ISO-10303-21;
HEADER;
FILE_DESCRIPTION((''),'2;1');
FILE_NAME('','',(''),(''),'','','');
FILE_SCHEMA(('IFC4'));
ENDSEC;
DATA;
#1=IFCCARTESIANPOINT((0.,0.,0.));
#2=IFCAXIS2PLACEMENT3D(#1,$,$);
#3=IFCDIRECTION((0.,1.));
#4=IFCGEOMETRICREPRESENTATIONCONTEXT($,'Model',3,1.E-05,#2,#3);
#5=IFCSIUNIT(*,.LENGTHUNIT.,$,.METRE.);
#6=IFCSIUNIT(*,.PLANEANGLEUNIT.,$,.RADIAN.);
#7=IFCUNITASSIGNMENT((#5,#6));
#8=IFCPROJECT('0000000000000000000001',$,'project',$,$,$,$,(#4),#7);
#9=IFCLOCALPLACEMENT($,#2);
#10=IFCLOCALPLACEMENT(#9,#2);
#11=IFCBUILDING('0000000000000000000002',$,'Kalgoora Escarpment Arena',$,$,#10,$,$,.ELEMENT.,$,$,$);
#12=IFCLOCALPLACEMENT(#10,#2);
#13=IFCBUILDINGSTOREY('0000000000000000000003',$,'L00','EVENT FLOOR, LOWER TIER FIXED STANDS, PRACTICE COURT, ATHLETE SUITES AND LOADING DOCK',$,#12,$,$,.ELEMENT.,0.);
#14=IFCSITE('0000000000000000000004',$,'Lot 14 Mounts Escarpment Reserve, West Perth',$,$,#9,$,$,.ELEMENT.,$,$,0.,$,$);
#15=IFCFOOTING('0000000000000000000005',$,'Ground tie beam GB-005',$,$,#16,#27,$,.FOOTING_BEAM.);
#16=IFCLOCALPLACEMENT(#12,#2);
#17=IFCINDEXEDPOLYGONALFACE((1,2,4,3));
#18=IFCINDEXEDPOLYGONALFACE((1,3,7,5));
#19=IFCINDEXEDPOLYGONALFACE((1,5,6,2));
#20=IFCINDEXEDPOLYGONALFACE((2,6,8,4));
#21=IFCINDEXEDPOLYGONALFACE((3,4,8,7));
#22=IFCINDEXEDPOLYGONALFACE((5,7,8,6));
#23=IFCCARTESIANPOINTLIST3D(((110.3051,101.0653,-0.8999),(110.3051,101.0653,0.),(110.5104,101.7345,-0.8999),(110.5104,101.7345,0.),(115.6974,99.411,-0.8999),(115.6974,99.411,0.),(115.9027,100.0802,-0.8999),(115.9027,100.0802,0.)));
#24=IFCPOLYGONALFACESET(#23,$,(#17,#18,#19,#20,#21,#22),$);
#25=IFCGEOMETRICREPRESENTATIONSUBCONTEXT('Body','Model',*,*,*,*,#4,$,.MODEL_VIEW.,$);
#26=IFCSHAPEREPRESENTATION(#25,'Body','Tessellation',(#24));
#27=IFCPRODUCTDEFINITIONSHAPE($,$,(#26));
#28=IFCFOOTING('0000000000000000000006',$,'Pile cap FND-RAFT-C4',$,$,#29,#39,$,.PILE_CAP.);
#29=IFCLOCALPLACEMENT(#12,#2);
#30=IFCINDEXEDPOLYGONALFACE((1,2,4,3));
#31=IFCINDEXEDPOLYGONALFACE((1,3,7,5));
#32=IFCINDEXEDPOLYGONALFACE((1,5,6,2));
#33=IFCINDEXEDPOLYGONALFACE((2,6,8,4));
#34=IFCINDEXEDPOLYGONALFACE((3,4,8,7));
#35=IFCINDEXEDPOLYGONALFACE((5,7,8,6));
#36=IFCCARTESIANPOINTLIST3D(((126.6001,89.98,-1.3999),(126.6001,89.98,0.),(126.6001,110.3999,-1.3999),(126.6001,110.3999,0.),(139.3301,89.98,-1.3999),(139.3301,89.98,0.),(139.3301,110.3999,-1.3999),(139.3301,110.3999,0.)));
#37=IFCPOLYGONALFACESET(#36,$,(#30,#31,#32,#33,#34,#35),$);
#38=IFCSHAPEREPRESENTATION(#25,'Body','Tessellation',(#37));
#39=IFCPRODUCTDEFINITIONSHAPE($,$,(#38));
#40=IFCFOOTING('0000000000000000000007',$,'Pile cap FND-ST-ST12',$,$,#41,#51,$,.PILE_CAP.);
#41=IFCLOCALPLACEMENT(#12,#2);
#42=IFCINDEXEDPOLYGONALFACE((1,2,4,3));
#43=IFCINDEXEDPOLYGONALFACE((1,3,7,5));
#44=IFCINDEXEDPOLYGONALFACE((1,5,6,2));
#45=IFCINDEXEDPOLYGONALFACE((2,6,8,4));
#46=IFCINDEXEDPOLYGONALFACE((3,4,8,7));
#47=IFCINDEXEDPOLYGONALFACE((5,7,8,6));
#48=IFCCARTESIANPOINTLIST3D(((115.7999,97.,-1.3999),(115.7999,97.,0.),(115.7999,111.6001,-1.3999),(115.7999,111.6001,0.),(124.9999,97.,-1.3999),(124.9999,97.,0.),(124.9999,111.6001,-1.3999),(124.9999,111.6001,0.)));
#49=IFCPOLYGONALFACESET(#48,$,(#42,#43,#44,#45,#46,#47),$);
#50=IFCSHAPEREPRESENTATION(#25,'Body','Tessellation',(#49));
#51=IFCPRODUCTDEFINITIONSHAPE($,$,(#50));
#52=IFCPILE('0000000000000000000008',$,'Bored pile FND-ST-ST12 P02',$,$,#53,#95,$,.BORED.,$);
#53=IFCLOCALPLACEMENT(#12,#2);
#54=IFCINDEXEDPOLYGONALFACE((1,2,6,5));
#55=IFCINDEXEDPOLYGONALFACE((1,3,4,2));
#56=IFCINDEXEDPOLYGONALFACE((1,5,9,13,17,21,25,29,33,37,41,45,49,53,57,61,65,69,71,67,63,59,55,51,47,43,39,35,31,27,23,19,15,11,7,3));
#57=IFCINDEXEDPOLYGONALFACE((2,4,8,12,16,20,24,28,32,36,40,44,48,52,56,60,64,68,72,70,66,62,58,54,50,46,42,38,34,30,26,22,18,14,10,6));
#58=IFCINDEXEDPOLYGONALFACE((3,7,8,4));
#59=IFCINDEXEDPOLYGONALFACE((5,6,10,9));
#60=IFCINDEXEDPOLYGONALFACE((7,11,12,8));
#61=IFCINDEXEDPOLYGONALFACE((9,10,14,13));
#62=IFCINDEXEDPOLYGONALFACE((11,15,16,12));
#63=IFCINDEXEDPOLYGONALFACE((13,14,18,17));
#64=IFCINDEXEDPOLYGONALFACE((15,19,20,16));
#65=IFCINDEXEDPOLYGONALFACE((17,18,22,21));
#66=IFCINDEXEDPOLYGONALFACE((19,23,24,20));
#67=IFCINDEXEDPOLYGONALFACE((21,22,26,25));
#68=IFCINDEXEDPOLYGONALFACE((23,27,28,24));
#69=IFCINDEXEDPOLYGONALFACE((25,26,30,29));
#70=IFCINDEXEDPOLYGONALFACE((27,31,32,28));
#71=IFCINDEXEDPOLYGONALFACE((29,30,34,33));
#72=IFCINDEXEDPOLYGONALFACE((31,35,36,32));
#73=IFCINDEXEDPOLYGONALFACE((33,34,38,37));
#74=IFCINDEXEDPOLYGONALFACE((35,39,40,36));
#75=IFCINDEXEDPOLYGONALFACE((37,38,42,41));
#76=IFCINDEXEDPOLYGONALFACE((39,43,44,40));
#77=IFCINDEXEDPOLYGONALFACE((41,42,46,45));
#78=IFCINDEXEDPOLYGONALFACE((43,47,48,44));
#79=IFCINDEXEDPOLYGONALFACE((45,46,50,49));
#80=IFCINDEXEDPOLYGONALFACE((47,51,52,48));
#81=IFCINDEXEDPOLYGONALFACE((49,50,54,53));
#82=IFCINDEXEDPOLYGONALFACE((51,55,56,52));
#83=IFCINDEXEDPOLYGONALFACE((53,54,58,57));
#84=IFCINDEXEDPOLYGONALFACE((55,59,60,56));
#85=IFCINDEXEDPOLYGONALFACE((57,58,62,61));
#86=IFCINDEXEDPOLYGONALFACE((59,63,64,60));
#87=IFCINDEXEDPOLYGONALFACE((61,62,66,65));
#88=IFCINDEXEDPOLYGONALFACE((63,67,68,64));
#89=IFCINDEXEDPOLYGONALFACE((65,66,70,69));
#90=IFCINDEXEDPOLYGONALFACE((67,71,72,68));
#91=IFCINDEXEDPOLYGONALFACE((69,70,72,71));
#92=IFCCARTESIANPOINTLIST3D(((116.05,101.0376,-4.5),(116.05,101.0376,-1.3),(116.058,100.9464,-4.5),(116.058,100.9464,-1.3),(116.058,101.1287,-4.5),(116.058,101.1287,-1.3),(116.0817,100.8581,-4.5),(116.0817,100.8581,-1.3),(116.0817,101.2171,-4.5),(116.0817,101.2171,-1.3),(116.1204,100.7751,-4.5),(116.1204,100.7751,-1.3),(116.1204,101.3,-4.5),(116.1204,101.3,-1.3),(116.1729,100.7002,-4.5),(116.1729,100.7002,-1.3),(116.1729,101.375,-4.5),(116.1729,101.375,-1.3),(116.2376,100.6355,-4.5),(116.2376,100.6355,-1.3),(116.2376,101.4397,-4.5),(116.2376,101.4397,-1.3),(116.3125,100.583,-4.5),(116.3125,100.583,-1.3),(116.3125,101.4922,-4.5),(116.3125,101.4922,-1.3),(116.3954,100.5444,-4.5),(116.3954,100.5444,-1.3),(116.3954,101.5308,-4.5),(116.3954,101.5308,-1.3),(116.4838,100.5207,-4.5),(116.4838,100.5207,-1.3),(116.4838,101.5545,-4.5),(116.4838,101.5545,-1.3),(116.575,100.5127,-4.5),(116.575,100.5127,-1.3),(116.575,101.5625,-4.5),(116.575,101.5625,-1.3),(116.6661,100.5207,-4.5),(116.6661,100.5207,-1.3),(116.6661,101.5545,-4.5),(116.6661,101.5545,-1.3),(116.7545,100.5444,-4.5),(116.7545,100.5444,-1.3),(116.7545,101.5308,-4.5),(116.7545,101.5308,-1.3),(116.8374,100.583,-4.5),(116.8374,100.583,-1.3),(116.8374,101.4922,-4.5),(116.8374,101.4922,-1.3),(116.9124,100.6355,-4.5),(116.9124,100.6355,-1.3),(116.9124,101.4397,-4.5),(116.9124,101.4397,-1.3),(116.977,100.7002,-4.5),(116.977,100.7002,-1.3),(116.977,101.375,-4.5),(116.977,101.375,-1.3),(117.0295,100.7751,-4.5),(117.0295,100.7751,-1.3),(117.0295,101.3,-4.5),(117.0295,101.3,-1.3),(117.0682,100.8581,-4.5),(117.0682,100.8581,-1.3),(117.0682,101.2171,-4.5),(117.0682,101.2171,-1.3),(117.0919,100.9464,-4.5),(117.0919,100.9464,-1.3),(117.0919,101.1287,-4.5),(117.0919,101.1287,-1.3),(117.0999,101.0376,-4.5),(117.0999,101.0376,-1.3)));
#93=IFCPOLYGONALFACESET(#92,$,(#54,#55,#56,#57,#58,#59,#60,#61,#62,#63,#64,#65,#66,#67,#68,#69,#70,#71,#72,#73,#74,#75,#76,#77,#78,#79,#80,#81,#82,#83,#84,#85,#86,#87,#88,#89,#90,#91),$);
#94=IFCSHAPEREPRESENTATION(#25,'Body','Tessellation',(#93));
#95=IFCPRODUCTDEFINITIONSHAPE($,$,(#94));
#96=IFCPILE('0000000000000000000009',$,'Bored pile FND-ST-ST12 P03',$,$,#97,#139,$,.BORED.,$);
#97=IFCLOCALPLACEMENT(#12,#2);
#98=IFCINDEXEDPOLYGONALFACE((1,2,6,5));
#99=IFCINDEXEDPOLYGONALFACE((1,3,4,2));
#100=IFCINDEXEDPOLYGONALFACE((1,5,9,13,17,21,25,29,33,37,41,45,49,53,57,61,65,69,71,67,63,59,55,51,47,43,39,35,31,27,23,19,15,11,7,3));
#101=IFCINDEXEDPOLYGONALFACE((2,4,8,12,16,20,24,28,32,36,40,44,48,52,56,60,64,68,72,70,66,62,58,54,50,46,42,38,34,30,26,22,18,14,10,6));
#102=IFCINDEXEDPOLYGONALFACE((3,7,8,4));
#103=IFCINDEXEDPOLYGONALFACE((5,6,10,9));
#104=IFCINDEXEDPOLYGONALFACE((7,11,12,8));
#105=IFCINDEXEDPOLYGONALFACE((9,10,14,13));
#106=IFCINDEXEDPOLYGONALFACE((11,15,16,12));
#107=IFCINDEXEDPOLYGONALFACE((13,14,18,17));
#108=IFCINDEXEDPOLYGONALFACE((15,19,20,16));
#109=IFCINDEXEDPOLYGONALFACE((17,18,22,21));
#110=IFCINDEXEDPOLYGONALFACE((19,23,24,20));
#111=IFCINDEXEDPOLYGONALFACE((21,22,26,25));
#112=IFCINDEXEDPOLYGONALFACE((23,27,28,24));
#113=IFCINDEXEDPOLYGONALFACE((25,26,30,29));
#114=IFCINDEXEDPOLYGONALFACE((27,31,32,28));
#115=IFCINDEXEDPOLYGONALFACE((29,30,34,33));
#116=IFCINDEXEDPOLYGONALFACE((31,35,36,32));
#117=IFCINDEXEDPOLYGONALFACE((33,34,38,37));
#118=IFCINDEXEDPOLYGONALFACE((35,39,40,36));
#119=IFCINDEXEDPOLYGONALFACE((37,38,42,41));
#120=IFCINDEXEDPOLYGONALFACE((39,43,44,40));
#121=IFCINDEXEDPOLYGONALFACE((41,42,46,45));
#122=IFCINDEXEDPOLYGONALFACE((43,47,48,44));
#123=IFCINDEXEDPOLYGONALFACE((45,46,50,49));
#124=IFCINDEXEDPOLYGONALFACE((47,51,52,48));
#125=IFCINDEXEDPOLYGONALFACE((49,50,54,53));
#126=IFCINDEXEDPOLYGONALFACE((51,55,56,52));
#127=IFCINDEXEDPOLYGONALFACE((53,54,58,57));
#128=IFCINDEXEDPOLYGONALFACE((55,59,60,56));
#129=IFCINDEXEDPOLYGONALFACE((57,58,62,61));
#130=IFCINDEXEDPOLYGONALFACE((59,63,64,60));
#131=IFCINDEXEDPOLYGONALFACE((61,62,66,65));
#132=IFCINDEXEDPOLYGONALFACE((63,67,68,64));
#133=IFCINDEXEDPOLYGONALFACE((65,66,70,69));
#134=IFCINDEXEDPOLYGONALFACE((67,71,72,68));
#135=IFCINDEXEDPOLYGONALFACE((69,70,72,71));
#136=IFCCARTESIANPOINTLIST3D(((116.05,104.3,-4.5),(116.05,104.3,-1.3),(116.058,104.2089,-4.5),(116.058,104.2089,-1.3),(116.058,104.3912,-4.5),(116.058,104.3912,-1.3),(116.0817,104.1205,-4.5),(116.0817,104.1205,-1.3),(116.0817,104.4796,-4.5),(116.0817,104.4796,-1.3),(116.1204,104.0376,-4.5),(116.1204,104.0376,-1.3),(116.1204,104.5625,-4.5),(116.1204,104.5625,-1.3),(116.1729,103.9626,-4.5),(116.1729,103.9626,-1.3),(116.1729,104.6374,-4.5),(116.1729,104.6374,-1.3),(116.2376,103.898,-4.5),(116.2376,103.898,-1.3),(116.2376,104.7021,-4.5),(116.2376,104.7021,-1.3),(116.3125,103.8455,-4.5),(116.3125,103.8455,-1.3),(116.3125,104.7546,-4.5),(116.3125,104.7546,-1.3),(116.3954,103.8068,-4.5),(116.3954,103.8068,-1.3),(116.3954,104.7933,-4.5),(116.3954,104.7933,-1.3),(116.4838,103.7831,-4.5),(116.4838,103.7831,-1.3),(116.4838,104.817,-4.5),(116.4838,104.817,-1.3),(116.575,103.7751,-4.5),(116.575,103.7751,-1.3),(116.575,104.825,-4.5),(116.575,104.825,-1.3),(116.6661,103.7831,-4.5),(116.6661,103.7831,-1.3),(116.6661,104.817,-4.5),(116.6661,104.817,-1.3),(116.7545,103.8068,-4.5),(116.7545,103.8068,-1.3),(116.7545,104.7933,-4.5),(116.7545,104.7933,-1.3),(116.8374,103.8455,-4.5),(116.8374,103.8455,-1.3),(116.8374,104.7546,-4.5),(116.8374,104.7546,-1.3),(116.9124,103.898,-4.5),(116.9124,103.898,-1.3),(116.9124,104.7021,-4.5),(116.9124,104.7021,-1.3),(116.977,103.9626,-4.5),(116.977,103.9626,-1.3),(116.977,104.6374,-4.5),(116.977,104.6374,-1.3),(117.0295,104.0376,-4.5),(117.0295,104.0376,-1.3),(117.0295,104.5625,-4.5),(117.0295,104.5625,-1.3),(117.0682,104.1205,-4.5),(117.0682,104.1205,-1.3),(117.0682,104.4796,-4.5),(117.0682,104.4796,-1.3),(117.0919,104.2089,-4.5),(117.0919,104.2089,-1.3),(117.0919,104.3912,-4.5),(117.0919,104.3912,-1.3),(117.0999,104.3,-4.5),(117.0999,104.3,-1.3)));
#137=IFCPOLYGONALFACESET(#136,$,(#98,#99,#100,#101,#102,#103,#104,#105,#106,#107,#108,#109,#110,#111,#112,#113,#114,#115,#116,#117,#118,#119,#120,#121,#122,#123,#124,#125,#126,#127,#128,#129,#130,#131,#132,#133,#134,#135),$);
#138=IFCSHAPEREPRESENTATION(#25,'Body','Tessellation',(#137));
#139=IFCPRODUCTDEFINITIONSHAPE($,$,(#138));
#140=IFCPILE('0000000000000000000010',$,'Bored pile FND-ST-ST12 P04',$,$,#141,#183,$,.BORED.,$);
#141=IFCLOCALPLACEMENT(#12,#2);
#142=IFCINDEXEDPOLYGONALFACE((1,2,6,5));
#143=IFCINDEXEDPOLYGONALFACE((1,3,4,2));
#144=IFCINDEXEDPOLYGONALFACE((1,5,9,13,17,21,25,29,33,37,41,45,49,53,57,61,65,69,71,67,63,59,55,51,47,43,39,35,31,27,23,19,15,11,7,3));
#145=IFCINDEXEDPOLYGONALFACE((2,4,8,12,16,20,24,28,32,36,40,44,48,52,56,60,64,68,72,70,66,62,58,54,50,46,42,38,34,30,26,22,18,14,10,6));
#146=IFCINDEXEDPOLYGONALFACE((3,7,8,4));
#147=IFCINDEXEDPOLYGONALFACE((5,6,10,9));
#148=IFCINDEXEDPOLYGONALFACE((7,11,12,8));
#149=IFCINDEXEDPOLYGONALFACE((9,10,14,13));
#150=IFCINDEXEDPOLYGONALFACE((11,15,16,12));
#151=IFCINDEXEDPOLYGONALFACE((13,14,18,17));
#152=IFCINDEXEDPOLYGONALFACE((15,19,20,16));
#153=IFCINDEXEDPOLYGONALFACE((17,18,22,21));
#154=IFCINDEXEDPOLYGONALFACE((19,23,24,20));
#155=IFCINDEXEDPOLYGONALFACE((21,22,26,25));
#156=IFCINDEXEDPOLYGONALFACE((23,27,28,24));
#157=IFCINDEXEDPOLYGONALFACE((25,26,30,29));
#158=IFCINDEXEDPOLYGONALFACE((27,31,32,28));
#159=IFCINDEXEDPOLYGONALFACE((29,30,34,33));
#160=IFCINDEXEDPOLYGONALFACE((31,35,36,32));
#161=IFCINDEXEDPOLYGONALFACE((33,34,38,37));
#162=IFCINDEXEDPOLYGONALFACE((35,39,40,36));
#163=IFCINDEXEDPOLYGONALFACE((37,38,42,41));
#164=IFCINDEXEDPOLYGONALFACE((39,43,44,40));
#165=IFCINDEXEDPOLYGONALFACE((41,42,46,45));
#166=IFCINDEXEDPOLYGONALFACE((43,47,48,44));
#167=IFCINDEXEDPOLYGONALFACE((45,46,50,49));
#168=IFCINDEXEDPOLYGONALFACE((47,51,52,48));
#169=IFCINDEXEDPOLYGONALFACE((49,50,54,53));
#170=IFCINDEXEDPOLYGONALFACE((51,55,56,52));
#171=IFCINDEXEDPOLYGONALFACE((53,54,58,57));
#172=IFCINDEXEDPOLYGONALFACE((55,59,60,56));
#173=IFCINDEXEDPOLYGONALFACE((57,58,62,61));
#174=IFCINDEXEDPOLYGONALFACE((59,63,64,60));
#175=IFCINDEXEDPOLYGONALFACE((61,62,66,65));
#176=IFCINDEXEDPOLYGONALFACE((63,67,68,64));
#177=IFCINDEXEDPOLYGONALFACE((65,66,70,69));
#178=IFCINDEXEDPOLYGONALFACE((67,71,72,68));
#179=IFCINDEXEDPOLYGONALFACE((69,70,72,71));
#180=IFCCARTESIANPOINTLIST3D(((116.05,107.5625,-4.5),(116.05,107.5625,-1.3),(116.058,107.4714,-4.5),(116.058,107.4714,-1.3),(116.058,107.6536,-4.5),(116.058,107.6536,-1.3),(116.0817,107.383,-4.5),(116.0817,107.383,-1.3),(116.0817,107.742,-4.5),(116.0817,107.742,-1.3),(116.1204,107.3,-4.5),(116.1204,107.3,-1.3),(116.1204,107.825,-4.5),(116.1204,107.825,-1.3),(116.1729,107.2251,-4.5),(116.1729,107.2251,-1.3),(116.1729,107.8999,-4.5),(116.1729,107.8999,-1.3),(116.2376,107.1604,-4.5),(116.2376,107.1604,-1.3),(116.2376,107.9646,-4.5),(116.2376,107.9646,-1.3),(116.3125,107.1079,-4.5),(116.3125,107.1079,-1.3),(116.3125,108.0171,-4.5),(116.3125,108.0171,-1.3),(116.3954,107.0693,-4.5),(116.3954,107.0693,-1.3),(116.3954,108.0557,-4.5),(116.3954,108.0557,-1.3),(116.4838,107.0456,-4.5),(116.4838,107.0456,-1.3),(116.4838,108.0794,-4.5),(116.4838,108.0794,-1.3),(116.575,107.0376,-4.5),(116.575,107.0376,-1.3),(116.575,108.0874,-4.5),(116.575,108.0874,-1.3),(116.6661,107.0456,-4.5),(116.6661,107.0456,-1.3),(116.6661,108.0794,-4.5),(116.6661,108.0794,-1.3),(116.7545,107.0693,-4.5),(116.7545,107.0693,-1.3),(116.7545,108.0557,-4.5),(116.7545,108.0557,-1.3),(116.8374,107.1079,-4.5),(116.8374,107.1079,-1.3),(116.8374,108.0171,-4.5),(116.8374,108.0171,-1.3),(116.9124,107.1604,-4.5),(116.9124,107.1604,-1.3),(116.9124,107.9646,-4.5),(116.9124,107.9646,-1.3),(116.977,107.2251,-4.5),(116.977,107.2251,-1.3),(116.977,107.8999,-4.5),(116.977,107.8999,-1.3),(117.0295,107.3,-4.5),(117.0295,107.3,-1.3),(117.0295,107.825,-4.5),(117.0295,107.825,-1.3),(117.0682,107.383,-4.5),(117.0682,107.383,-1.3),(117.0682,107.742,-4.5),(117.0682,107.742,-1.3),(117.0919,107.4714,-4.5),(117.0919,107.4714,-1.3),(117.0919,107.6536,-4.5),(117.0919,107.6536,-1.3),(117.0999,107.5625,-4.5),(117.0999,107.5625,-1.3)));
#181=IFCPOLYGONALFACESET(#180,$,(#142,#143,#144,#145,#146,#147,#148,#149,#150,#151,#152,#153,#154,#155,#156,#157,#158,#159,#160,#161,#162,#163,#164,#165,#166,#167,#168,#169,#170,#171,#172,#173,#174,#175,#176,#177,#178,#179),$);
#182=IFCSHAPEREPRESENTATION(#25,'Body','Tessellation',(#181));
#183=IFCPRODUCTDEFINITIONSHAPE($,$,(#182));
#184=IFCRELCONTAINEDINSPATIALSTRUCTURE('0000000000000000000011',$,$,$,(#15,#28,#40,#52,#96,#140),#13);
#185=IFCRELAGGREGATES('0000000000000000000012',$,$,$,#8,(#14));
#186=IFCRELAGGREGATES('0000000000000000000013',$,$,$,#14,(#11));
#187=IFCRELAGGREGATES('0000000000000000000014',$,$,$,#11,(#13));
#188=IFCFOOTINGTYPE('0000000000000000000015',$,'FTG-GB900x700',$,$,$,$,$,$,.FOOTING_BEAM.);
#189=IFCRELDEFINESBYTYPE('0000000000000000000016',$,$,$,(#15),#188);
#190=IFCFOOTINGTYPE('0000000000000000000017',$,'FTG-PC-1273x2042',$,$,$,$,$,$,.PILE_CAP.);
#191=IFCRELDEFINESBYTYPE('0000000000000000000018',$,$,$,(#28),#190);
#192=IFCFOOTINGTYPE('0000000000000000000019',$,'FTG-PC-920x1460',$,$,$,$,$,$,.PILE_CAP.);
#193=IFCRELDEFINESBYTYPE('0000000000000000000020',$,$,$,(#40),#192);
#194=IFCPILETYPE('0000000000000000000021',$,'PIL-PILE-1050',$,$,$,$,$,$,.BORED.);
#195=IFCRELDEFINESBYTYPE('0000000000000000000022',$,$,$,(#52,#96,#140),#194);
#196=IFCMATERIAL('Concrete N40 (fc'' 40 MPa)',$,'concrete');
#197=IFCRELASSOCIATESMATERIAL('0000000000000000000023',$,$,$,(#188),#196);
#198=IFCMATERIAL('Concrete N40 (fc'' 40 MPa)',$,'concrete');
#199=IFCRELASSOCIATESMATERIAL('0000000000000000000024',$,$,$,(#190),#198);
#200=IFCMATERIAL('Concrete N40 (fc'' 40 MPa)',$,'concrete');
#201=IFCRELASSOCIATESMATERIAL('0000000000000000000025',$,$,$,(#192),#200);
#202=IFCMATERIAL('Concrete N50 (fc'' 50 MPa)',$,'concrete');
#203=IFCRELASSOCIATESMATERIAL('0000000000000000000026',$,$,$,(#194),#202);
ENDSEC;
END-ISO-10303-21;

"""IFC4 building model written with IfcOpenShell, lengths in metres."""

from ifc_helpers import new_model, si_unit, direction, frame, origin, origin_2d, place, context, subcontext, project, spatial, rectangle, circle, extrude, material, material_profile, profile_set, type_object, element, save


model = new_model("IFC4")

# Units and contexts
model_context = context("Model", 3, precision=1e-05, world=origin(), true_north=direction((0.0, 1.0)))
body_context = subcontext(model_context, "Body", "Model", "MODEL_VIEW")
ifc_project = project(units=[si_unit("LENGTHUNIT", "METRE"), si_unit("PLANEANGLEUNIT", "RADIAN")], contexts=[model_context])

# Site, building, storey
site_placement = place(None, origin())
site = spatial("IfcSite", under=ifc_project, at=site_placement, Name="Lot 14 Mounts Escarpment Reserve, West Perth", CompositionType="ELEMENT", RefElevation=0.0)
building_placement = place(site_placement, origin())
building = spatial("IfcBuilding", under=site, at=building_placement, Name="Kalgoora Escarpment Arena", CompositionType="ELEMENT")
storey_placement = place(building_placement, origin())
storey = spatial("IfcBuildingStorey", under=building, at=storey_placement, Name="L00", Description="EVENT FLOOR, LOWER TIER FIXED STANDS, PRACTICE COURT, ATHLETE SUITES AND LOADING DOCK", CompositionType="ELEMENT", Elevation=0.0)

# Footings
ifc_material_1 = material(Name="Concrete N40 (fc' 40 MPa)", Category="concrete")
ifc_material_profile_1 = material_profile(ifc_material_1, rectangle(XDim=0.7, YDim=0.8999, at=origin_2d()))
ifc_profile_set_1 = profile_set([ifc_material_profile_1], Name="Concrete N40 (fc' 40 MPa)")
footing_type_1 = type_object("IfcFootingType", Name="FTG-GB900x700", PredefinedType="FOOTING_BEAM", material=ifc_profile_set_1)
footing_1_placement = place(storey_placement, frame((115.8, 99.7456, -0.45), z_axis=(-0.956022, 0.293295, 0.0), x_axis=(-0.293295, -0.956022, 0.0)))
element("IfcFooting", 1, at=footing_1_placement, inside=storey, type_object=footing_type_1, Name="Ground tie beam GB-005", PredefinedType="FOOTING_BEAM", context=body_context, shape_type="SweptSolid", body=[
    extrude(rectangle(XDim=0.7, YDim=0.8999, at=origin_2d()), origin(), (0.0, 0.0, 1.0), 5.6404),
])
ifc_material_2 = material(Name="Concrete N40 (fc' 40 MPa)", Category="concrete")
footing_type_2 = type_object("IfcFootingType", Name="FTG-PC-1273x2042", PredefinedType="PILE_CAP", material=ifc_material_2)
footing_2_placement = place(storey_placement, frame((132.9651, 100.1899, -1.3999), z_axis=(0.0, 0.0, 1.0), x_axis=(1.0, 0.0, 0.0)))
element("IfcFooting", 2, at=footing_2_placement, inside=storey, type_object=footing_type_2, Name="Pile cap FND-RAFT-C4", PredefinedType="PILE_CAP", context=body_context, shape_type="SweptSolid", body=[
    extrude(rectangle(XDim=12.73, YDim=20.4199, at=origin_2d()), origin(), (0.0, 0.0, 1.0), 1.3999),
])
ifc_material_3 = material(Name="Concrete N40 (fc' 40 MPa)", Category="concrete")
footing_type_3 = type_object("IfcFootingType", Name="FTG-PC-920x1460", PredefinedType="PILE_CAP", material=ifc_material_3)
footing_3_placement = place(storey_placement, frame((120.3999, 104.3, -1.3999), z_axis=(0.0, 0.0, 1.0), x_axis=(1.0, 0.0, 0.0)))
element("IfcFooting", 3, at=footing_3_placement, inside=storey, type_object=footing_type_3, Name="Pile cap FND-ST-ST12", PredefinedType="PILE_CAP", context=body_context, shape_type="SweptSolid", body=[
    extrude(rectangle(XDim=9.2, YDim=14.6001, at=origin_2d()), origin(), (0.0, 0.0, 1.0), 1.3999),
])

# Piles
ifc_material_4 = material(Name="Concrete N50 (fc' 50 MPa)", Category="concrete")
ifc_material_profile_2 = material_profile(ifc_material_4, circle(Radius=0.5249, at=origin_2d()))
ifc_profile_set_2 = profile_set([ifc_material_profile_2], Name="Concrete N50 (fc' 50 MPa)")
pile_type_1 = type_object("IfcPileType", Name="PIL-PILE-1050", PredefinedType="BORED", material=ifc_profile_set_2)
for number, where, z_axis, x_axis, name in (
    (4, (116.575, 101.0376, -1.3), (0.0, 0.0, -1.0), (1.0, 0.0, 0.0), "Bored pile FND-ST-ST12 P02"),
    (5, (116.575, 104.3, -1.3), (0.0, 0.0, -1.0), (1.0, 0.0, 0.0), "Bored pile FND-ST-ST12 P03"),
    (6, (116.575, 107.5625, -1.3), (0.0, 0.0, -1.0), (1.0, 0.0, 0.0), "Bored pile FND-ST-ST12 P04"),
):
    element("IfcPile", number, at=place(storey_placement, frame(where, z_axis=z_axis, x_axis=x_axis)), inside=storey, type_object=pile_type_1, Name=name, PredefinedType="BORED", context=body_context, shape_type="SweptSolid", body=[
        extrude(circle(Radius=0.5249, at=origin_2d()), origin(), (0.0, 0.0, 1.0), 3.2),
    ])

save(model, "model.ifc")
